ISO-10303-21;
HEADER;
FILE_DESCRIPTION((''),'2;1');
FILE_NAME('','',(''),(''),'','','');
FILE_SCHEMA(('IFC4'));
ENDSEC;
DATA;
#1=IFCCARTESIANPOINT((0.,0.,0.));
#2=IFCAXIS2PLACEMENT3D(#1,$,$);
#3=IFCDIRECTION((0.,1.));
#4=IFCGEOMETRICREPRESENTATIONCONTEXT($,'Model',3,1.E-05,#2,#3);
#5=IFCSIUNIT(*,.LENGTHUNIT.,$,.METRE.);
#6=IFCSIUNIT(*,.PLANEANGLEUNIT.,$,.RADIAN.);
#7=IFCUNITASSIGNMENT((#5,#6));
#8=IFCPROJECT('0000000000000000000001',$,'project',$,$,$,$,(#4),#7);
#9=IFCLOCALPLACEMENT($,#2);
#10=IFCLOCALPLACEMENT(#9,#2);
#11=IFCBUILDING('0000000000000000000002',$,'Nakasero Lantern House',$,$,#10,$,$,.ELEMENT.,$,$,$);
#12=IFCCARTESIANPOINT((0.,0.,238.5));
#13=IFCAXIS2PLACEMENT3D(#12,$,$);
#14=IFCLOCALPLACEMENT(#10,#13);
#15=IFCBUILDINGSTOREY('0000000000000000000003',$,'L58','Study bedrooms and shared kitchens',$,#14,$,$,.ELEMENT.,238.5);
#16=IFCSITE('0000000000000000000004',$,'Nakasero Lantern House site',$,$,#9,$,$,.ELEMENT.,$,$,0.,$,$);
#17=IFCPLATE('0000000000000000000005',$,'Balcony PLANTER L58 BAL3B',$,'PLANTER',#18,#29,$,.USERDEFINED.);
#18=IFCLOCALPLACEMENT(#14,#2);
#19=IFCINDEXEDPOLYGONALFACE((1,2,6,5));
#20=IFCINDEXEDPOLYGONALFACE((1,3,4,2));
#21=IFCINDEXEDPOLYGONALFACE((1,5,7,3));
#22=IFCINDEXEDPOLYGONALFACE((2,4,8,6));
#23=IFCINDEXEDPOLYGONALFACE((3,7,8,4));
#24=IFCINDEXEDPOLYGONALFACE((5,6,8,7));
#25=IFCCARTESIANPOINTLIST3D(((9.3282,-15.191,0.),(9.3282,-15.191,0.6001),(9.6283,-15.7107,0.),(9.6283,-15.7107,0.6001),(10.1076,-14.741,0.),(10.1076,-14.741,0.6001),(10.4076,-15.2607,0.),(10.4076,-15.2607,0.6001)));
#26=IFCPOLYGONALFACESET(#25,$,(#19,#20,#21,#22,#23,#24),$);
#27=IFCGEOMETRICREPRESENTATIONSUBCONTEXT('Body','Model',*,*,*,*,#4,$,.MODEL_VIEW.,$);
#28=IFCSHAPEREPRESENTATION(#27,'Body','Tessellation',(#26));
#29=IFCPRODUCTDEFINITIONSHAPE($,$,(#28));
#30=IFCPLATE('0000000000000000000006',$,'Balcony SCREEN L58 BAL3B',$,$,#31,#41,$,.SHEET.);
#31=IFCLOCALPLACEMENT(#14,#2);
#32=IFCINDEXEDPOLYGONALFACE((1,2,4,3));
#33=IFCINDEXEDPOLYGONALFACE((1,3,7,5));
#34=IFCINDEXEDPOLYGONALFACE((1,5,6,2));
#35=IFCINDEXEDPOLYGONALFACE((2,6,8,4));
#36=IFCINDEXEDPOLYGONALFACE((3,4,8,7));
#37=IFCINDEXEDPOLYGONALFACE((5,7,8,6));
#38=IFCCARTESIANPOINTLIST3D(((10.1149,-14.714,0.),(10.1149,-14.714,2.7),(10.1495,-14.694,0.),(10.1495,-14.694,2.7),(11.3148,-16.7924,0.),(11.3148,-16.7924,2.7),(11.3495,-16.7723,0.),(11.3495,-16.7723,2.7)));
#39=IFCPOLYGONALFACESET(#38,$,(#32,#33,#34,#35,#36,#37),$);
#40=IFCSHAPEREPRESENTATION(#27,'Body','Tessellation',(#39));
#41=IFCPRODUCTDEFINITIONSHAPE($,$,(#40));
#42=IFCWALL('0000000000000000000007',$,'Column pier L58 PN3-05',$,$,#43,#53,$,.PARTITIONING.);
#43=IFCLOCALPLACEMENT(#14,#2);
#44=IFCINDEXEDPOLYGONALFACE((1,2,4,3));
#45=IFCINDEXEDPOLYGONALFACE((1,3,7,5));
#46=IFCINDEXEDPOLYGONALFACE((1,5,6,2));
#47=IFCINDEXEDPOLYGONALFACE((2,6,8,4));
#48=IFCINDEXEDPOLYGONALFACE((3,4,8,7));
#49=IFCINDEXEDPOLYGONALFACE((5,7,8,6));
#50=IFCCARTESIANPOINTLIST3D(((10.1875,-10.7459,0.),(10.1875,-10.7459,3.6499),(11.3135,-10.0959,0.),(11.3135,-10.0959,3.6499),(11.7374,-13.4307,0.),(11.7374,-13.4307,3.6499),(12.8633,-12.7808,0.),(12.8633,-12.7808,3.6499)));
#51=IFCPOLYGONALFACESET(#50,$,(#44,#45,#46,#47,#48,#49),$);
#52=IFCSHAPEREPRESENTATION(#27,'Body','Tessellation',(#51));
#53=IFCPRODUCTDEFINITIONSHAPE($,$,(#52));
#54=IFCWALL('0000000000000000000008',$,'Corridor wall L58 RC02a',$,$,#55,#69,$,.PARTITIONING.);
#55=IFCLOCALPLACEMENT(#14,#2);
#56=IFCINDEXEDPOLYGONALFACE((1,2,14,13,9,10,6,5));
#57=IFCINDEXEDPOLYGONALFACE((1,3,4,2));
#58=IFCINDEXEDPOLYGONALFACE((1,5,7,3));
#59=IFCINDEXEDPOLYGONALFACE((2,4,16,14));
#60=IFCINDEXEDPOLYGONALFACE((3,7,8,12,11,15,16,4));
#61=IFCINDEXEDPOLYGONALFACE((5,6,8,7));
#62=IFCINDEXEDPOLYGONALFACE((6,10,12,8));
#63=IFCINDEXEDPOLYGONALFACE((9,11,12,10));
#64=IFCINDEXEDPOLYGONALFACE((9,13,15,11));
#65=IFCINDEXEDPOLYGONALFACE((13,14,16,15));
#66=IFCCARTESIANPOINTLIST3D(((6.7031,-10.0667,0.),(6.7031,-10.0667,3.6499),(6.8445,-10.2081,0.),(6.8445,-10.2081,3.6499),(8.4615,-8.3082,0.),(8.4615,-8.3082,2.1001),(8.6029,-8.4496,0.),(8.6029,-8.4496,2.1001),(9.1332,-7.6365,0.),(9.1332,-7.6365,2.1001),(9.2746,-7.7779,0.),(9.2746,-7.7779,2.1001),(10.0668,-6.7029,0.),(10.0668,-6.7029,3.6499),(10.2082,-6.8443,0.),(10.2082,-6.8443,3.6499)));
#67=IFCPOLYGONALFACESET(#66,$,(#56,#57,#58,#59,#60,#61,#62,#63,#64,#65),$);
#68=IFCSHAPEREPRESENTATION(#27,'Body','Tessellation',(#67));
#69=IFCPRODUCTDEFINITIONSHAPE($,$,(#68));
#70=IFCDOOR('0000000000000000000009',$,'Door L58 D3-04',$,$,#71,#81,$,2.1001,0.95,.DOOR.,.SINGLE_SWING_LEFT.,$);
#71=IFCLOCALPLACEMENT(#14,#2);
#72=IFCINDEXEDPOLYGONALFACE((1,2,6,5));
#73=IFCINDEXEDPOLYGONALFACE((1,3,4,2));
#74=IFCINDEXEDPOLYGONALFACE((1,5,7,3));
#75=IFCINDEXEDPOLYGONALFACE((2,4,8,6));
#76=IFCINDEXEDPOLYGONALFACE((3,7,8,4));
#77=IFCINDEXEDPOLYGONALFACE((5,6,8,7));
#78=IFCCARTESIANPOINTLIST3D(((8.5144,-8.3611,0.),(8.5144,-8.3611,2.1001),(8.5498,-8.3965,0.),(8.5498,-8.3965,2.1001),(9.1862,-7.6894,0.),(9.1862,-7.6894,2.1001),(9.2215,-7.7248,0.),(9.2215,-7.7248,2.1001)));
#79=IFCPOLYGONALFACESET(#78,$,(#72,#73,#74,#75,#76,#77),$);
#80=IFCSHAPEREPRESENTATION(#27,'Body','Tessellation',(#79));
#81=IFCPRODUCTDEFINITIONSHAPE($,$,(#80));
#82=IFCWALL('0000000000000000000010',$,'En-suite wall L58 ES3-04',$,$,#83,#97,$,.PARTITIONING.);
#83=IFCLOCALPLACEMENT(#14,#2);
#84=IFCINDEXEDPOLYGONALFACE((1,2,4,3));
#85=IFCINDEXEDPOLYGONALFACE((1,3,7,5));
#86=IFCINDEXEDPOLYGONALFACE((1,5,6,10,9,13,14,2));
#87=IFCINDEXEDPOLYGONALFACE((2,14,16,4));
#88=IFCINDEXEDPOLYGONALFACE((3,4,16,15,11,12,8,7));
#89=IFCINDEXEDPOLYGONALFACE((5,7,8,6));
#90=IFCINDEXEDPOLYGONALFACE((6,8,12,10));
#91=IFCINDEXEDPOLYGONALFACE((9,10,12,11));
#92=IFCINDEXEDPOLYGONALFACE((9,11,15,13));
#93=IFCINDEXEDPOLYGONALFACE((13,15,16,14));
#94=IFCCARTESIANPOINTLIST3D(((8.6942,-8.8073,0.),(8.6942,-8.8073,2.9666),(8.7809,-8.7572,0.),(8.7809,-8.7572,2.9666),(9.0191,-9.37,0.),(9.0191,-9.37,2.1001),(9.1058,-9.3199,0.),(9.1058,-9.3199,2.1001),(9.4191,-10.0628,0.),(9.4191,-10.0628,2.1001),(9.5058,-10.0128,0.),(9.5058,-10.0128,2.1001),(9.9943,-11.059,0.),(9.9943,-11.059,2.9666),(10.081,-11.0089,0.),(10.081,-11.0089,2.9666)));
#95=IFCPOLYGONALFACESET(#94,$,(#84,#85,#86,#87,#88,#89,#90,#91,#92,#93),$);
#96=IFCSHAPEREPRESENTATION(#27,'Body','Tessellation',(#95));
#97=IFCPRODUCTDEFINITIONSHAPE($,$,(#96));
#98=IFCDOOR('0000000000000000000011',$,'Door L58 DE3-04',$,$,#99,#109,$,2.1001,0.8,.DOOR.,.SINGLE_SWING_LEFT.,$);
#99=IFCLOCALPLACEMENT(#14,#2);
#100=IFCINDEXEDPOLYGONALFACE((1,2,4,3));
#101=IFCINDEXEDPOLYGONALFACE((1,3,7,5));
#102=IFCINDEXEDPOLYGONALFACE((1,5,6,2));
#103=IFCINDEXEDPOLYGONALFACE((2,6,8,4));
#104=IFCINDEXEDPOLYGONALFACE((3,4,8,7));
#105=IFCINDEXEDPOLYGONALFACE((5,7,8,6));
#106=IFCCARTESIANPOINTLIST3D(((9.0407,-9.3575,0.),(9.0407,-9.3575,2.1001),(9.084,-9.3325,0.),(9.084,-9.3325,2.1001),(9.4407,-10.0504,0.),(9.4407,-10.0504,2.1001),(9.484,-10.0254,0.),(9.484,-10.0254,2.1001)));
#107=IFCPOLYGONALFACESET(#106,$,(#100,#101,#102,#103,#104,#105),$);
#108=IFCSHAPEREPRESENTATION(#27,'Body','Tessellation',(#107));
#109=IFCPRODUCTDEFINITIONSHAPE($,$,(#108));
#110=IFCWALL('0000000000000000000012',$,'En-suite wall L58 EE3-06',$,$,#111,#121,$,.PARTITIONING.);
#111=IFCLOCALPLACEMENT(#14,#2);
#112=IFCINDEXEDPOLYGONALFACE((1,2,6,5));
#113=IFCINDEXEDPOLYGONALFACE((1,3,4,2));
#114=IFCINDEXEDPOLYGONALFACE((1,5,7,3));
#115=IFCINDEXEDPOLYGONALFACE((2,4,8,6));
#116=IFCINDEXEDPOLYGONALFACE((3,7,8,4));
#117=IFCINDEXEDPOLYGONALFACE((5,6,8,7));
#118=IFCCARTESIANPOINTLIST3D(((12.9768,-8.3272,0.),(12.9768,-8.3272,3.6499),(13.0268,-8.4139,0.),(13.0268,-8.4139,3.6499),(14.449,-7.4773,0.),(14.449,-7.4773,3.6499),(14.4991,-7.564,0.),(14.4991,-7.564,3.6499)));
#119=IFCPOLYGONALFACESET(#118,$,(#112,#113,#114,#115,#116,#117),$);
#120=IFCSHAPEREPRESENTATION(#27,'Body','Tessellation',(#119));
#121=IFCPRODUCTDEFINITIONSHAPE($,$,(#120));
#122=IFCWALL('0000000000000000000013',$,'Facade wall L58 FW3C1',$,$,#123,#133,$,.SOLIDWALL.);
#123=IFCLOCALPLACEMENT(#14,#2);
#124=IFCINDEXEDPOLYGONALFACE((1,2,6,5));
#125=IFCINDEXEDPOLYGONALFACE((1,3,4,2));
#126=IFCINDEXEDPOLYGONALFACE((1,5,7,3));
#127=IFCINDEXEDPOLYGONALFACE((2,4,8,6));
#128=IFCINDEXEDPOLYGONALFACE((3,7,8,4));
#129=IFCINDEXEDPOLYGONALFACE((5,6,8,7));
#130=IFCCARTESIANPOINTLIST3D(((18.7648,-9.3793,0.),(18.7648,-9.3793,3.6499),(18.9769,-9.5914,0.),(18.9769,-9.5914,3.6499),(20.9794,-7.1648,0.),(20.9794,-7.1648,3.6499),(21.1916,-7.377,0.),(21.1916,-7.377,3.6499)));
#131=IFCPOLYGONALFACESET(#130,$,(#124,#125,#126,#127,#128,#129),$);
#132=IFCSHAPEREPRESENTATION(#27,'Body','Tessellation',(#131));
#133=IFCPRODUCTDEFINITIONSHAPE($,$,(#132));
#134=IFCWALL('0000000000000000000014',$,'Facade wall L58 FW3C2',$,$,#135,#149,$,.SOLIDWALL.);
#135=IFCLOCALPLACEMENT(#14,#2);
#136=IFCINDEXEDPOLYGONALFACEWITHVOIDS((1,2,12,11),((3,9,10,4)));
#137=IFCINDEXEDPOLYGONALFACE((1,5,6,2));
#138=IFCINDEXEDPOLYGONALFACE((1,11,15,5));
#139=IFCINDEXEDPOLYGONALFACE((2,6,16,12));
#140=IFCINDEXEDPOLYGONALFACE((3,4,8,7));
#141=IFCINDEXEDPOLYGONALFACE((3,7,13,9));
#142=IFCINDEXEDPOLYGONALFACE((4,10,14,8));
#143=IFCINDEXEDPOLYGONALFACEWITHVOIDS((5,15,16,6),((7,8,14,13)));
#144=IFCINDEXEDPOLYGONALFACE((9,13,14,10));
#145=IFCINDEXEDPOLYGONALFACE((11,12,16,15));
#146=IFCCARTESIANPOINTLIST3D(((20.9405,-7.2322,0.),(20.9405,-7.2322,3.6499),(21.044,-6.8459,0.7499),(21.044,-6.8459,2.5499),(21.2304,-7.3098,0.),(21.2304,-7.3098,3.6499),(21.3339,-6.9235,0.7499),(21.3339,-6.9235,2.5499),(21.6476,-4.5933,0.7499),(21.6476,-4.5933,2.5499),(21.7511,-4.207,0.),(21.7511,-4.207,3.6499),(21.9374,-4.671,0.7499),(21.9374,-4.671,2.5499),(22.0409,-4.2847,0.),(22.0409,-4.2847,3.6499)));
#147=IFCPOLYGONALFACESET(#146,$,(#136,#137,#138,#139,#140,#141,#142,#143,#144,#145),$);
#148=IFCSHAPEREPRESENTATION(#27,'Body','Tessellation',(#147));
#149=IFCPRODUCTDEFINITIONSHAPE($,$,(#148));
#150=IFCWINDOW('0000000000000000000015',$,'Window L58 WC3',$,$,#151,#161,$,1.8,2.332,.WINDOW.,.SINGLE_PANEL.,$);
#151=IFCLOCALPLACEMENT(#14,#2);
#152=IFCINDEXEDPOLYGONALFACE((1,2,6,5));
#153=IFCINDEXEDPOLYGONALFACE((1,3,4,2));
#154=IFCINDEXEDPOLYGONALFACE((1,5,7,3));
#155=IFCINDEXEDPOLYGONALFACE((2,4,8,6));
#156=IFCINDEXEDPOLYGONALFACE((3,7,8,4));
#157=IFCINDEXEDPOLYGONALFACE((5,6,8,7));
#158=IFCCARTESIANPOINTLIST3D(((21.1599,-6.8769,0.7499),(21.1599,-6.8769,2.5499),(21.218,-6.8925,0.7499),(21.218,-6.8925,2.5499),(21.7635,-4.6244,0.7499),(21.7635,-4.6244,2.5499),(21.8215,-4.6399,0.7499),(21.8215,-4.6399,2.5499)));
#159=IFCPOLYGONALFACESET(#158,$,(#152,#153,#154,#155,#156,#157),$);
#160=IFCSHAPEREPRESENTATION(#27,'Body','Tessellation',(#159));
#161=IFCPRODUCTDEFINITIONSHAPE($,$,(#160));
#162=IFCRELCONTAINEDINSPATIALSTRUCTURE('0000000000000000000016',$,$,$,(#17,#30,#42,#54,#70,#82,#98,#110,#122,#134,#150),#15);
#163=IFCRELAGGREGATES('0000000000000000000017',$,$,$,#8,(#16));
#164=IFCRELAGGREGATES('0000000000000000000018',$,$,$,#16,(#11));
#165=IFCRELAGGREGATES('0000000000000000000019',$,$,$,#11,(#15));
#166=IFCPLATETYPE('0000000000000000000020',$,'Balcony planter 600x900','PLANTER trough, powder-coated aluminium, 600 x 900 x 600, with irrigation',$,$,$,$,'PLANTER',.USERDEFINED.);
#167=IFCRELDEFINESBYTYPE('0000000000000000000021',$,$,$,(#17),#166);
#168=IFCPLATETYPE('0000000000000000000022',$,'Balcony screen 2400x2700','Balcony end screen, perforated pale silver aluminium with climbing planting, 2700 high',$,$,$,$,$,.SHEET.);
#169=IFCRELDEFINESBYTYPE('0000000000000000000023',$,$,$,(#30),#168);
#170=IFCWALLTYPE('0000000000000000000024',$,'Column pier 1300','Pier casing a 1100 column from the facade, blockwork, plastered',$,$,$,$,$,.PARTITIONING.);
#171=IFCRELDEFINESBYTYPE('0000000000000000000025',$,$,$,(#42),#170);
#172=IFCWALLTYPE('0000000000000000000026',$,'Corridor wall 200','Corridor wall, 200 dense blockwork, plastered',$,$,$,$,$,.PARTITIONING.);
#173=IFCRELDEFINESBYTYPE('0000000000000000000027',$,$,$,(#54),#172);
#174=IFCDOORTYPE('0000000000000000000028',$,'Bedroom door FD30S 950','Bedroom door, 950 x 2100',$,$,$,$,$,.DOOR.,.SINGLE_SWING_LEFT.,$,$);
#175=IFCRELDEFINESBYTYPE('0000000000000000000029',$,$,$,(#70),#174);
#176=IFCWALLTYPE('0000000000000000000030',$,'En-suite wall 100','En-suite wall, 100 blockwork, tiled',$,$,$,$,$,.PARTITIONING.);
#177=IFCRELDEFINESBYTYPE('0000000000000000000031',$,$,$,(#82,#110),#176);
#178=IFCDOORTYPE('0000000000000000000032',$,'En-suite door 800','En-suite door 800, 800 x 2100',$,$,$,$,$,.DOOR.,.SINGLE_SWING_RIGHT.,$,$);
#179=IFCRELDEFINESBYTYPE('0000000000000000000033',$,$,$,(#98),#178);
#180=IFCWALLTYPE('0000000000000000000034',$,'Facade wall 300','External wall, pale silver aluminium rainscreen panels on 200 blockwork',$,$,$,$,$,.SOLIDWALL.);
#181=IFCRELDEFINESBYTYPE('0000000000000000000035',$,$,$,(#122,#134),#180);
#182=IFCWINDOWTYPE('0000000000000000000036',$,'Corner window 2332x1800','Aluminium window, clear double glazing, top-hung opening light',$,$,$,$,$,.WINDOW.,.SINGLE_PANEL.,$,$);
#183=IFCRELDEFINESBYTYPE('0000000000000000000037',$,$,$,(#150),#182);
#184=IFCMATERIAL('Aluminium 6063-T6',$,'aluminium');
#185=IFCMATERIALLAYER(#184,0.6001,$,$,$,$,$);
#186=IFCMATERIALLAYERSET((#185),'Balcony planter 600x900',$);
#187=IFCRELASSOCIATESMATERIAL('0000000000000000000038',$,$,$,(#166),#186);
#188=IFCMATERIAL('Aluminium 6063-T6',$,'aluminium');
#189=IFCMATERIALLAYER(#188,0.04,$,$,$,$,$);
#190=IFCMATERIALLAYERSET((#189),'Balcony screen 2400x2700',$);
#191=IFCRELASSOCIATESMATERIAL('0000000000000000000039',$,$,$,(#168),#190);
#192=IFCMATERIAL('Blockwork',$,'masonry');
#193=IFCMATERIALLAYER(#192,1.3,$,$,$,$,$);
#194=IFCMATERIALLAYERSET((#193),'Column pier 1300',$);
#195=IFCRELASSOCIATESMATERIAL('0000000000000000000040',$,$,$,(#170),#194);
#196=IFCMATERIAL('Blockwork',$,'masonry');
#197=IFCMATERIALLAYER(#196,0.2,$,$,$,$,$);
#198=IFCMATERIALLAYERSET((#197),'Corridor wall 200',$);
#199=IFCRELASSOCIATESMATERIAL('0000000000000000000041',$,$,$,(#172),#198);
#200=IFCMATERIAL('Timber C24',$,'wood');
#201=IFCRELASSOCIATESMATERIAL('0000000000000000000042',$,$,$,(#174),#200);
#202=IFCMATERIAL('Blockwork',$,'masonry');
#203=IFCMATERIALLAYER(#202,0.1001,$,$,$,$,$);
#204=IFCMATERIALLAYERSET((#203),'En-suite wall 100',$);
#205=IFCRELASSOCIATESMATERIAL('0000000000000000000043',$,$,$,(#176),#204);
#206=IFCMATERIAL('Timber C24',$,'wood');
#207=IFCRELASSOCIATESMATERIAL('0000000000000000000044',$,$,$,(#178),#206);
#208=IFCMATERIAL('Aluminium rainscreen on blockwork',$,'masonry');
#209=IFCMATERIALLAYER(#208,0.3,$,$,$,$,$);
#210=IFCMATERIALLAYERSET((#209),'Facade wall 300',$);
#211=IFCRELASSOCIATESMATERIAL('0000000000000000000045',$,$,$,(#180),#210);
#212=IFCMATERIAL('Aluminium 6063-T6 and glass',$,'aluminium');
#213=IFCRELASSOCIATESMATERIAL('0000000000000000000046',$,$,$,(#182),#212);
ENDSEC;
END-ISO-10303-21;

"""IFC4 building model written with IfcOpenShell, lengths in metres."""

from ifc_helpers import new_model, si_unit, direction, frame, frame_2d, origin, origin_2d, place, context, subcontext, project, spatial, rectangle, extrude, material, layer, layer_set, type_object, element, fill, save


model = new_model("IFC4")

# Units and contexts
model_context = context("Model", 3, precision=1e-05, world=origin(), true_north=direction((0.0, 1.0)))
body_context = subcontext(model_context, "Body", "Model", "MODEL_VIEW")
ifc_project = project(units=[si_unit("LENGTHUNIT", "METRE"), si_unit("PLANEANGLEUNIT", "RADIAN")], contexts=[model_context])

# Site, building, storey
site_placement = place(None, origin())
site = spatial("IfcSite", under=ifc_project, at=site_placement, Name="Nakasero Lantern House site", CompositionType="ELEMENT", RefElevation=0.0)
building_placement = place(site_placement, origin())
building = spatial("IfcBuilding", under=site, at=building_placement, Name="Nakasero Lantern House", CompositionType="ELEMENT")
storey_placement = place(building_placement, frame((0.0, 0.0, 238.5)))
storey = spatial("IfcBuildingStorey", under=building, at=storey_placement, Name="L58", Description="Study bedrooms and shared kitchens", CompositionType="ELEMENT", Elevation=238.5)

# Plates
ifc_material_1 = material(Name="Aluminium 6063-T6", Category="aluminium")
ifc_layer_1 = layer(ifc_material_1, 0.6001)
ifc_layer_set_1 = layer_set([ifc_layer_1], Name="Balcony planter 600x900")
plate_type_1 = type_object("IfcPlateType", Name="Balcony planter 600x900", Description="PLANTER trough, powder-coated aluminium, 600 x 900 x 600, with irrigation", ElementType="PLANTER", PredefinedType="USERDEFINED", material=ifc_layer_set_1)
plate_1_placement = place(storey_placement, frame((9.8679, -15.2258, 0.0), z_axis=(0.0, 0.0, 1.0), x_axis=(0.5, -0.866025, 0.0)))
element("IfcPlate", 1, at=plate_1_placement, inside=storey, type_object=plate_type_1, Name="Balcony PLANTER L58 BAL3B", ObjectType="PLANTER", PredefinedType="USERDEFINED", context=body_context, shape_type="SweptSolid", body=[
    extrude(rectangle(XDim=0.6001, YDim=0.8999, at=origin_2d()), origin(), (0.0, 0.0, 1.0), 0.6001),
])
ifc_material_2 = material(Name="Aluminium 6063-T6", Category="aluminium")
ifc_layer_2 = layer(ifc_material_2, 0.04)
ifc_layer_set_2 = layer_set([ifc_layer_2], Name="Balcony screen 2400x2700")
plate_type_2 = type_object("IfcPlateType", Name="Balcony screen 2400x2700", Description="Balcony end screen, perforated pale silver aluminium with climbing planting, 2700 high", PredefinedType="SHEET", material=ifc_layer_set_2)
plate_2_placement = place(storey_placement, frame((10.7322, -15.7432, 0.0), z_axis=(0.0, 0.0, 1.0), x_axis=(0.5, -0.866025, 0.0)))
element("IfcPlate", 2, at=plate_2_placement, inside=storey, type_object=plate_type_2, Name="Balcony SCREEN L58 BAL3B", PredefinedType="SHEET", context=body_context, shape_type="SweptSolid", body=[
    extrude(rectangle(XDim=2.3999, YDim=0.04, at=origin_2d()), origin(), (0.0, 0.0, 1.0), 2.7),
])

# Wall
ifc_material_3 = material(Name="Blockwork", Category="masonry")
ifc_layer_3 = layer(ifc_material_3, 1.3)
ifc_layer_set_3 = layer_set([ifc_layer_3], Name="Column pier 1300")
wall_type_1 = type_object("IfcWallType", Name="Column pier 1300", Description="Pier casing a 1100 column from the facade, blockwork, plastered", PredefinedType="PARTITIONING", material=ifc_layer_set_3)
wall_1_placement = place(storey_placement, frame((10.7505, -10.4209, 0.0), z_axis=(0.0, 0.0, 1.0), x_axis=(0.499934, -0.866064, 0.0)))
element("IfcWall", 3, at=wall_1_placement, inside=storey, type_object=wall_type_1, Name="Column pier L58 PN3-05", PredefinedType="PARTITIONING", context=body_context, shape_type="SweptSolid", body=[
    extrude(rectangle(XDim=3.1001, YDim=1.3, at=frame_2d((1.55, 0.0))), origin(), (0.0, 0.0, 1.0), 3.6499),
])

# Walls, openings, doors
ifc_material_4 = material(Name="Blockwork", Category="masonry")
ifc_layer_4 = layer(ifc_material_4, 0.2)
ifc_layer_set_4 = layer_set([ifc_layer_4], Name="Corridor wall 200")
wall_type_2 = type_object("IfcWallType", Name="Corridor wall 200", Description="Corridor wall, 200 dense blockwork, plastered", PredefinedType="PARTITIONING", material=ifc_layer_set_4)
wall_2_placement = place(storey_placement, frame((10.1375, -6.7737, 0.0), z_axis=(0.0, 0.0, 1.0), x_axis=(-0.707107, -0.707107, 0.0)))
wall_2 = element("IfcWall", 4, at=wall_2_placement, inside=storey, type_object=wall_type_2, Name="Corridor wall L58 RC02a", PredefinedType="PARTITIONING", context=body_context, shape_type="SweptSolid", body=[
    extrude(rectangle(XDim=4.7571, YDim=0.2, at=frame_2d((2.3784, 0.0))), origin(), (0.0, 0.0, 1.0), 3.6499),
])
opening_1_placement = place(wall_2_placement, frame((1.3201, 0.0, 0.0)))
opening_1 = element("IfcOpeningElement", 5, at=opening_1_placement, cuts=wall_2, PredefinedType="OPENING", context=body_context, shape_type="SweptSolid", body=[
    extrude(rectangle(XDim=0.95, YDim=2.1001, at=frame_2d((0.4751, 1.05))), frame((0.0, 0.1199, 0.0), z_axis=(0.0, -1.0, 0.0), x_axis=(1.0, 0.0, 0.0)), (0.0, 0.0, 1.0), 0.24),
])
ifc_material_5 = material(Name="Timber C24", Category="wood")
door_type_1 = type_object("IfcDoorType", Name="Bedroom door FD30S 950", Description="Bedroom door, 950 x 2100", OperationType="SINGLE_SWING_LEFT", PredefinedType="DOOR", material=ifc_material_5)
door_1_placement = place(opening_1_placement, origin())
door_1 = element("IfcDoor", 6, at=door_1_placement, inside=storey, type_object=door_type_1, Name="Door L58 D3-04", OperationType="SINGLE_SWING_LEFT", OverallHeight=2.1001, OverallWidth=0.95, PredefinedType="DOOR", context=body_context, shape_type="SweptSolid", body=[
    extrude(rectangle(XDim=0.95, YDim=2.1001, at=frame_2d((0.4751, 1.05))), frame((0.0, 0.0249, 0.0), z_axis=(0.0, -1.0, 0.0), x_axis=(1.0, 0.0, 0.0)), (0.0, 0.0, 1.0), 0.05),
])
fill(opening_1, door_1)
ifc_material_6 = material(Name="Blockwork", Category="masonry")
ifc_layer_5 = layer(ifc_material_6, 0.1001)
ifc_layer_set_5 = layer_set([ifc_layer_5], Name="En-suite wall 100")
wall_type_3 = type_object("IfcWallType", Name="En-suite wall 100", Description="En-suite wall, 100 blockwork, tiled", PredefinedType="PARTITIONING", material=ifc_layer_set_5)
wall_3_placement = place(storey_placement, frame((8.7375, -8.7822, 0.0), z_axis=(0.0, 0.0, 1.0), x_axis=(0.500007, -0.866021, 0.0)))
wall_3 = element("IfcWall", 7, at=wall_3_placement, inside=storey, type_object=wall_type_3, Name="En-suite wall L58 ES3-04", PredefinedType="PARTITIONING", context=body_context, shape_type="SweptSolid", body=[
    extrude(rectangle(XDim=2.6001, YDim=0.1001, at=frame_2d((1.3, 0.0))), origin(), (0.0, 0.0, 1.0), 2.9666),
])
opening_2_placement = place(wall_3_placement, frame((0.6499, 0.0, 0.0)))
opening_2 = element("IfcOpeningElement", 8, at=opening_2_placement, cuts=wall_3, PredefinedType="OPENING", context=body_context, shape_type="SweptSolid", body=[
    extrude(rectangle(XDim=0.8, YDim=2.1001, at=frame_2d((0.3999, 1.05))), frame((0.0, 0.0701, 0.0), z_axis=(0.0, -1.0, 0.0), x_axis=(1.0, 0.0, 0.0)), (0.0, 0.0, 1.0), 0.1401),
])
ifc_material_7 = material(Name="Timber C24", Category="wood")
door_type_2 = type_object("IfcDoorType", Name="En-suite door 800", Description="En-suite door 800, 800 x 2100", OperationType="SINGLE_SWING_RIGHT", PredefinedType="DOOR", material=ifc_material_7)
door_2_placement = place(opening_2_placement, origin())
door_2 = element("IfcDoor", 9, at=door_2_placement, inside=storey, type_object=door_type_2, Name="Door L58 DE3-04", OperationType="SINGLE_SWING_LEFT", OverallHeight=2.1001, OverallWidth=0.8, PredefinedType="DOOR", context=body_context, shape_type="SweptSolid", body=[
    extrude(rectangle(XDim=0.8, YDim=2.1001, at=frame_2d((0.3999, 1.05))), frame((0.0, 0.0249, 0.0), z_axis=(0.0, -1.0, 0.0), x_axis=(1.0, 0.0, 0.0)), (0.0, 0.0, 1.0), 0.05),
])
fill(opening_2, door_2)

# Walls
wall_4_placement = place(storey_placement, frame((13.0017, -8.3706, 0.0), z_axis=(0.0, 0.0, 1.0), x_axis=(0.866052, 0.499955, 0.0)))
element("IfcWall", 10, at=wall_4_placement, inside=storey, type_object=wall_type_3, Name="En-suite wall L58 EE3-06", PredefinedType="PARTITIONING", context=body_context, shape_type="SweptSolid", body=[
    extrude(rectangle(XDim=1.7, YDim=0.1001, at=frame_2d((0.8501, 0.0))), origin(), (0.0, 0.0, 1.0), 3.6499),
])
ifc_material_8 = material(Name="Aluminium rainscreen on blockwork", Category="masonry")
ifc_layer_6 = layer(ifc_material_8, 0.3)
ifc_layer_set_6 = layer_set([ifc_layer_6], Name="Facade wall 300")
wall_type_4 = type_object("IfcWallType", Name="Facade wall 300", Description="External wall, pale silver aluminium rainscreen panels on 200 blockwork", PredefinedType="SOLIDWALL", material=ifc_layer_set_6)
wall_5_placement = place(storey_placement, frame((18.8708, -9.4854, 0.0), z_axis=(0.0, 0.0, 1.0), x_axis=(0.707146, 0.707068, 0.0)))
element("IfcWall", 11, at=wall_5_placement, inside=storey, type_object=wall_type_4, Name="Facade wall L58 FW3C1", PredefinedType="SOLIDWALL", context=body_context, shape_type="SweptSolid", body=[
    extrude(rectangle(XDim=3.1318, YDim=0.3, at=frame_2d((1.5659, 0.0))), origin(), (0.0, 0.0, 1.0), 3.6499),
])

# Wall, opening, window
wall_6_placement = place(storey_placement, frame((21.0854, -7.271, 0.0), z_axis=(0.0, 0.0, 1.0), x_axis=(0.258808, 0.965929, 0.0)))
wall_6 = element("IfcWall", 12, at=wall_6_placement, inside=storey, type_object=wall_type_4, Name="Facade wall L58 FW3C2", PredefinedType="SOLIDWALL", context=body_context, shape_type="SweptSolid", body=[
    extrude(rectangle(XDim=3.1318, YDim=0.3, at=frame_2d((1.5659, 0.0))), origin(), (0.0, 0.0, 1.0), 3.6499),
])
opening_3_placement = place(wall_6_placement, frame((0.3999, 0.0, 0.75)))
opening_3 = element("IfcOpeningElement", 13, at=opening_3_placement, cuts=wall_6, PredefinedType="OPENING", context=body_context, shape_type="SweptSolid", body=[
    extrude(rectangle(XDim=2.332, YDim=1.8, at=frame_2d((1.166, 0.8999))), frame((0.0, 0.1699, 0.0), z_axis=(0.0, -1.0, 0.0), x_axis=(1.0, 0.0, 0.0)), (0.0, 0.0, 1.0), 0.3401),
])
ifc_material_9 = material(Name="Aluminium 6063-T6 and glass", Category="aluminium")
window_type = type_object("IfcWindowType", Name="Corner window 2332x1800", Description="Aluminium window, clear double glazing, top-hung opening light", PartitioningType="SINGLE_PANEL", PredefinedType="WINDOW", material=ifc_material_9)
window_placement = place(opening_3_placement, origin())
window = element("IfcWindow", 14, at=window_placement, inside=storey, type_object=window_type, Name="Window L58 WC3", OverallHeight=1.8, OverallWidth=2.332, PartitioningType="SINGLE_PANEL", PredefinedType="WINDOW", context=body_context, shape_type="SweptSolid", body=[
    extrude(rectangle(XDim=2.332, YDim=1.8, at=frame_2d((1.166, 0.8999))), frame((0.0, 0.03, 0.0), z_axis=(0.0, -1.0, 0.0), x_axis=(1.0, 0.0, 0.0)), (0.0, 0.0, 1.0), 0.0601),
])
fill(opening_3, window)

save(model, "model.ifc")
